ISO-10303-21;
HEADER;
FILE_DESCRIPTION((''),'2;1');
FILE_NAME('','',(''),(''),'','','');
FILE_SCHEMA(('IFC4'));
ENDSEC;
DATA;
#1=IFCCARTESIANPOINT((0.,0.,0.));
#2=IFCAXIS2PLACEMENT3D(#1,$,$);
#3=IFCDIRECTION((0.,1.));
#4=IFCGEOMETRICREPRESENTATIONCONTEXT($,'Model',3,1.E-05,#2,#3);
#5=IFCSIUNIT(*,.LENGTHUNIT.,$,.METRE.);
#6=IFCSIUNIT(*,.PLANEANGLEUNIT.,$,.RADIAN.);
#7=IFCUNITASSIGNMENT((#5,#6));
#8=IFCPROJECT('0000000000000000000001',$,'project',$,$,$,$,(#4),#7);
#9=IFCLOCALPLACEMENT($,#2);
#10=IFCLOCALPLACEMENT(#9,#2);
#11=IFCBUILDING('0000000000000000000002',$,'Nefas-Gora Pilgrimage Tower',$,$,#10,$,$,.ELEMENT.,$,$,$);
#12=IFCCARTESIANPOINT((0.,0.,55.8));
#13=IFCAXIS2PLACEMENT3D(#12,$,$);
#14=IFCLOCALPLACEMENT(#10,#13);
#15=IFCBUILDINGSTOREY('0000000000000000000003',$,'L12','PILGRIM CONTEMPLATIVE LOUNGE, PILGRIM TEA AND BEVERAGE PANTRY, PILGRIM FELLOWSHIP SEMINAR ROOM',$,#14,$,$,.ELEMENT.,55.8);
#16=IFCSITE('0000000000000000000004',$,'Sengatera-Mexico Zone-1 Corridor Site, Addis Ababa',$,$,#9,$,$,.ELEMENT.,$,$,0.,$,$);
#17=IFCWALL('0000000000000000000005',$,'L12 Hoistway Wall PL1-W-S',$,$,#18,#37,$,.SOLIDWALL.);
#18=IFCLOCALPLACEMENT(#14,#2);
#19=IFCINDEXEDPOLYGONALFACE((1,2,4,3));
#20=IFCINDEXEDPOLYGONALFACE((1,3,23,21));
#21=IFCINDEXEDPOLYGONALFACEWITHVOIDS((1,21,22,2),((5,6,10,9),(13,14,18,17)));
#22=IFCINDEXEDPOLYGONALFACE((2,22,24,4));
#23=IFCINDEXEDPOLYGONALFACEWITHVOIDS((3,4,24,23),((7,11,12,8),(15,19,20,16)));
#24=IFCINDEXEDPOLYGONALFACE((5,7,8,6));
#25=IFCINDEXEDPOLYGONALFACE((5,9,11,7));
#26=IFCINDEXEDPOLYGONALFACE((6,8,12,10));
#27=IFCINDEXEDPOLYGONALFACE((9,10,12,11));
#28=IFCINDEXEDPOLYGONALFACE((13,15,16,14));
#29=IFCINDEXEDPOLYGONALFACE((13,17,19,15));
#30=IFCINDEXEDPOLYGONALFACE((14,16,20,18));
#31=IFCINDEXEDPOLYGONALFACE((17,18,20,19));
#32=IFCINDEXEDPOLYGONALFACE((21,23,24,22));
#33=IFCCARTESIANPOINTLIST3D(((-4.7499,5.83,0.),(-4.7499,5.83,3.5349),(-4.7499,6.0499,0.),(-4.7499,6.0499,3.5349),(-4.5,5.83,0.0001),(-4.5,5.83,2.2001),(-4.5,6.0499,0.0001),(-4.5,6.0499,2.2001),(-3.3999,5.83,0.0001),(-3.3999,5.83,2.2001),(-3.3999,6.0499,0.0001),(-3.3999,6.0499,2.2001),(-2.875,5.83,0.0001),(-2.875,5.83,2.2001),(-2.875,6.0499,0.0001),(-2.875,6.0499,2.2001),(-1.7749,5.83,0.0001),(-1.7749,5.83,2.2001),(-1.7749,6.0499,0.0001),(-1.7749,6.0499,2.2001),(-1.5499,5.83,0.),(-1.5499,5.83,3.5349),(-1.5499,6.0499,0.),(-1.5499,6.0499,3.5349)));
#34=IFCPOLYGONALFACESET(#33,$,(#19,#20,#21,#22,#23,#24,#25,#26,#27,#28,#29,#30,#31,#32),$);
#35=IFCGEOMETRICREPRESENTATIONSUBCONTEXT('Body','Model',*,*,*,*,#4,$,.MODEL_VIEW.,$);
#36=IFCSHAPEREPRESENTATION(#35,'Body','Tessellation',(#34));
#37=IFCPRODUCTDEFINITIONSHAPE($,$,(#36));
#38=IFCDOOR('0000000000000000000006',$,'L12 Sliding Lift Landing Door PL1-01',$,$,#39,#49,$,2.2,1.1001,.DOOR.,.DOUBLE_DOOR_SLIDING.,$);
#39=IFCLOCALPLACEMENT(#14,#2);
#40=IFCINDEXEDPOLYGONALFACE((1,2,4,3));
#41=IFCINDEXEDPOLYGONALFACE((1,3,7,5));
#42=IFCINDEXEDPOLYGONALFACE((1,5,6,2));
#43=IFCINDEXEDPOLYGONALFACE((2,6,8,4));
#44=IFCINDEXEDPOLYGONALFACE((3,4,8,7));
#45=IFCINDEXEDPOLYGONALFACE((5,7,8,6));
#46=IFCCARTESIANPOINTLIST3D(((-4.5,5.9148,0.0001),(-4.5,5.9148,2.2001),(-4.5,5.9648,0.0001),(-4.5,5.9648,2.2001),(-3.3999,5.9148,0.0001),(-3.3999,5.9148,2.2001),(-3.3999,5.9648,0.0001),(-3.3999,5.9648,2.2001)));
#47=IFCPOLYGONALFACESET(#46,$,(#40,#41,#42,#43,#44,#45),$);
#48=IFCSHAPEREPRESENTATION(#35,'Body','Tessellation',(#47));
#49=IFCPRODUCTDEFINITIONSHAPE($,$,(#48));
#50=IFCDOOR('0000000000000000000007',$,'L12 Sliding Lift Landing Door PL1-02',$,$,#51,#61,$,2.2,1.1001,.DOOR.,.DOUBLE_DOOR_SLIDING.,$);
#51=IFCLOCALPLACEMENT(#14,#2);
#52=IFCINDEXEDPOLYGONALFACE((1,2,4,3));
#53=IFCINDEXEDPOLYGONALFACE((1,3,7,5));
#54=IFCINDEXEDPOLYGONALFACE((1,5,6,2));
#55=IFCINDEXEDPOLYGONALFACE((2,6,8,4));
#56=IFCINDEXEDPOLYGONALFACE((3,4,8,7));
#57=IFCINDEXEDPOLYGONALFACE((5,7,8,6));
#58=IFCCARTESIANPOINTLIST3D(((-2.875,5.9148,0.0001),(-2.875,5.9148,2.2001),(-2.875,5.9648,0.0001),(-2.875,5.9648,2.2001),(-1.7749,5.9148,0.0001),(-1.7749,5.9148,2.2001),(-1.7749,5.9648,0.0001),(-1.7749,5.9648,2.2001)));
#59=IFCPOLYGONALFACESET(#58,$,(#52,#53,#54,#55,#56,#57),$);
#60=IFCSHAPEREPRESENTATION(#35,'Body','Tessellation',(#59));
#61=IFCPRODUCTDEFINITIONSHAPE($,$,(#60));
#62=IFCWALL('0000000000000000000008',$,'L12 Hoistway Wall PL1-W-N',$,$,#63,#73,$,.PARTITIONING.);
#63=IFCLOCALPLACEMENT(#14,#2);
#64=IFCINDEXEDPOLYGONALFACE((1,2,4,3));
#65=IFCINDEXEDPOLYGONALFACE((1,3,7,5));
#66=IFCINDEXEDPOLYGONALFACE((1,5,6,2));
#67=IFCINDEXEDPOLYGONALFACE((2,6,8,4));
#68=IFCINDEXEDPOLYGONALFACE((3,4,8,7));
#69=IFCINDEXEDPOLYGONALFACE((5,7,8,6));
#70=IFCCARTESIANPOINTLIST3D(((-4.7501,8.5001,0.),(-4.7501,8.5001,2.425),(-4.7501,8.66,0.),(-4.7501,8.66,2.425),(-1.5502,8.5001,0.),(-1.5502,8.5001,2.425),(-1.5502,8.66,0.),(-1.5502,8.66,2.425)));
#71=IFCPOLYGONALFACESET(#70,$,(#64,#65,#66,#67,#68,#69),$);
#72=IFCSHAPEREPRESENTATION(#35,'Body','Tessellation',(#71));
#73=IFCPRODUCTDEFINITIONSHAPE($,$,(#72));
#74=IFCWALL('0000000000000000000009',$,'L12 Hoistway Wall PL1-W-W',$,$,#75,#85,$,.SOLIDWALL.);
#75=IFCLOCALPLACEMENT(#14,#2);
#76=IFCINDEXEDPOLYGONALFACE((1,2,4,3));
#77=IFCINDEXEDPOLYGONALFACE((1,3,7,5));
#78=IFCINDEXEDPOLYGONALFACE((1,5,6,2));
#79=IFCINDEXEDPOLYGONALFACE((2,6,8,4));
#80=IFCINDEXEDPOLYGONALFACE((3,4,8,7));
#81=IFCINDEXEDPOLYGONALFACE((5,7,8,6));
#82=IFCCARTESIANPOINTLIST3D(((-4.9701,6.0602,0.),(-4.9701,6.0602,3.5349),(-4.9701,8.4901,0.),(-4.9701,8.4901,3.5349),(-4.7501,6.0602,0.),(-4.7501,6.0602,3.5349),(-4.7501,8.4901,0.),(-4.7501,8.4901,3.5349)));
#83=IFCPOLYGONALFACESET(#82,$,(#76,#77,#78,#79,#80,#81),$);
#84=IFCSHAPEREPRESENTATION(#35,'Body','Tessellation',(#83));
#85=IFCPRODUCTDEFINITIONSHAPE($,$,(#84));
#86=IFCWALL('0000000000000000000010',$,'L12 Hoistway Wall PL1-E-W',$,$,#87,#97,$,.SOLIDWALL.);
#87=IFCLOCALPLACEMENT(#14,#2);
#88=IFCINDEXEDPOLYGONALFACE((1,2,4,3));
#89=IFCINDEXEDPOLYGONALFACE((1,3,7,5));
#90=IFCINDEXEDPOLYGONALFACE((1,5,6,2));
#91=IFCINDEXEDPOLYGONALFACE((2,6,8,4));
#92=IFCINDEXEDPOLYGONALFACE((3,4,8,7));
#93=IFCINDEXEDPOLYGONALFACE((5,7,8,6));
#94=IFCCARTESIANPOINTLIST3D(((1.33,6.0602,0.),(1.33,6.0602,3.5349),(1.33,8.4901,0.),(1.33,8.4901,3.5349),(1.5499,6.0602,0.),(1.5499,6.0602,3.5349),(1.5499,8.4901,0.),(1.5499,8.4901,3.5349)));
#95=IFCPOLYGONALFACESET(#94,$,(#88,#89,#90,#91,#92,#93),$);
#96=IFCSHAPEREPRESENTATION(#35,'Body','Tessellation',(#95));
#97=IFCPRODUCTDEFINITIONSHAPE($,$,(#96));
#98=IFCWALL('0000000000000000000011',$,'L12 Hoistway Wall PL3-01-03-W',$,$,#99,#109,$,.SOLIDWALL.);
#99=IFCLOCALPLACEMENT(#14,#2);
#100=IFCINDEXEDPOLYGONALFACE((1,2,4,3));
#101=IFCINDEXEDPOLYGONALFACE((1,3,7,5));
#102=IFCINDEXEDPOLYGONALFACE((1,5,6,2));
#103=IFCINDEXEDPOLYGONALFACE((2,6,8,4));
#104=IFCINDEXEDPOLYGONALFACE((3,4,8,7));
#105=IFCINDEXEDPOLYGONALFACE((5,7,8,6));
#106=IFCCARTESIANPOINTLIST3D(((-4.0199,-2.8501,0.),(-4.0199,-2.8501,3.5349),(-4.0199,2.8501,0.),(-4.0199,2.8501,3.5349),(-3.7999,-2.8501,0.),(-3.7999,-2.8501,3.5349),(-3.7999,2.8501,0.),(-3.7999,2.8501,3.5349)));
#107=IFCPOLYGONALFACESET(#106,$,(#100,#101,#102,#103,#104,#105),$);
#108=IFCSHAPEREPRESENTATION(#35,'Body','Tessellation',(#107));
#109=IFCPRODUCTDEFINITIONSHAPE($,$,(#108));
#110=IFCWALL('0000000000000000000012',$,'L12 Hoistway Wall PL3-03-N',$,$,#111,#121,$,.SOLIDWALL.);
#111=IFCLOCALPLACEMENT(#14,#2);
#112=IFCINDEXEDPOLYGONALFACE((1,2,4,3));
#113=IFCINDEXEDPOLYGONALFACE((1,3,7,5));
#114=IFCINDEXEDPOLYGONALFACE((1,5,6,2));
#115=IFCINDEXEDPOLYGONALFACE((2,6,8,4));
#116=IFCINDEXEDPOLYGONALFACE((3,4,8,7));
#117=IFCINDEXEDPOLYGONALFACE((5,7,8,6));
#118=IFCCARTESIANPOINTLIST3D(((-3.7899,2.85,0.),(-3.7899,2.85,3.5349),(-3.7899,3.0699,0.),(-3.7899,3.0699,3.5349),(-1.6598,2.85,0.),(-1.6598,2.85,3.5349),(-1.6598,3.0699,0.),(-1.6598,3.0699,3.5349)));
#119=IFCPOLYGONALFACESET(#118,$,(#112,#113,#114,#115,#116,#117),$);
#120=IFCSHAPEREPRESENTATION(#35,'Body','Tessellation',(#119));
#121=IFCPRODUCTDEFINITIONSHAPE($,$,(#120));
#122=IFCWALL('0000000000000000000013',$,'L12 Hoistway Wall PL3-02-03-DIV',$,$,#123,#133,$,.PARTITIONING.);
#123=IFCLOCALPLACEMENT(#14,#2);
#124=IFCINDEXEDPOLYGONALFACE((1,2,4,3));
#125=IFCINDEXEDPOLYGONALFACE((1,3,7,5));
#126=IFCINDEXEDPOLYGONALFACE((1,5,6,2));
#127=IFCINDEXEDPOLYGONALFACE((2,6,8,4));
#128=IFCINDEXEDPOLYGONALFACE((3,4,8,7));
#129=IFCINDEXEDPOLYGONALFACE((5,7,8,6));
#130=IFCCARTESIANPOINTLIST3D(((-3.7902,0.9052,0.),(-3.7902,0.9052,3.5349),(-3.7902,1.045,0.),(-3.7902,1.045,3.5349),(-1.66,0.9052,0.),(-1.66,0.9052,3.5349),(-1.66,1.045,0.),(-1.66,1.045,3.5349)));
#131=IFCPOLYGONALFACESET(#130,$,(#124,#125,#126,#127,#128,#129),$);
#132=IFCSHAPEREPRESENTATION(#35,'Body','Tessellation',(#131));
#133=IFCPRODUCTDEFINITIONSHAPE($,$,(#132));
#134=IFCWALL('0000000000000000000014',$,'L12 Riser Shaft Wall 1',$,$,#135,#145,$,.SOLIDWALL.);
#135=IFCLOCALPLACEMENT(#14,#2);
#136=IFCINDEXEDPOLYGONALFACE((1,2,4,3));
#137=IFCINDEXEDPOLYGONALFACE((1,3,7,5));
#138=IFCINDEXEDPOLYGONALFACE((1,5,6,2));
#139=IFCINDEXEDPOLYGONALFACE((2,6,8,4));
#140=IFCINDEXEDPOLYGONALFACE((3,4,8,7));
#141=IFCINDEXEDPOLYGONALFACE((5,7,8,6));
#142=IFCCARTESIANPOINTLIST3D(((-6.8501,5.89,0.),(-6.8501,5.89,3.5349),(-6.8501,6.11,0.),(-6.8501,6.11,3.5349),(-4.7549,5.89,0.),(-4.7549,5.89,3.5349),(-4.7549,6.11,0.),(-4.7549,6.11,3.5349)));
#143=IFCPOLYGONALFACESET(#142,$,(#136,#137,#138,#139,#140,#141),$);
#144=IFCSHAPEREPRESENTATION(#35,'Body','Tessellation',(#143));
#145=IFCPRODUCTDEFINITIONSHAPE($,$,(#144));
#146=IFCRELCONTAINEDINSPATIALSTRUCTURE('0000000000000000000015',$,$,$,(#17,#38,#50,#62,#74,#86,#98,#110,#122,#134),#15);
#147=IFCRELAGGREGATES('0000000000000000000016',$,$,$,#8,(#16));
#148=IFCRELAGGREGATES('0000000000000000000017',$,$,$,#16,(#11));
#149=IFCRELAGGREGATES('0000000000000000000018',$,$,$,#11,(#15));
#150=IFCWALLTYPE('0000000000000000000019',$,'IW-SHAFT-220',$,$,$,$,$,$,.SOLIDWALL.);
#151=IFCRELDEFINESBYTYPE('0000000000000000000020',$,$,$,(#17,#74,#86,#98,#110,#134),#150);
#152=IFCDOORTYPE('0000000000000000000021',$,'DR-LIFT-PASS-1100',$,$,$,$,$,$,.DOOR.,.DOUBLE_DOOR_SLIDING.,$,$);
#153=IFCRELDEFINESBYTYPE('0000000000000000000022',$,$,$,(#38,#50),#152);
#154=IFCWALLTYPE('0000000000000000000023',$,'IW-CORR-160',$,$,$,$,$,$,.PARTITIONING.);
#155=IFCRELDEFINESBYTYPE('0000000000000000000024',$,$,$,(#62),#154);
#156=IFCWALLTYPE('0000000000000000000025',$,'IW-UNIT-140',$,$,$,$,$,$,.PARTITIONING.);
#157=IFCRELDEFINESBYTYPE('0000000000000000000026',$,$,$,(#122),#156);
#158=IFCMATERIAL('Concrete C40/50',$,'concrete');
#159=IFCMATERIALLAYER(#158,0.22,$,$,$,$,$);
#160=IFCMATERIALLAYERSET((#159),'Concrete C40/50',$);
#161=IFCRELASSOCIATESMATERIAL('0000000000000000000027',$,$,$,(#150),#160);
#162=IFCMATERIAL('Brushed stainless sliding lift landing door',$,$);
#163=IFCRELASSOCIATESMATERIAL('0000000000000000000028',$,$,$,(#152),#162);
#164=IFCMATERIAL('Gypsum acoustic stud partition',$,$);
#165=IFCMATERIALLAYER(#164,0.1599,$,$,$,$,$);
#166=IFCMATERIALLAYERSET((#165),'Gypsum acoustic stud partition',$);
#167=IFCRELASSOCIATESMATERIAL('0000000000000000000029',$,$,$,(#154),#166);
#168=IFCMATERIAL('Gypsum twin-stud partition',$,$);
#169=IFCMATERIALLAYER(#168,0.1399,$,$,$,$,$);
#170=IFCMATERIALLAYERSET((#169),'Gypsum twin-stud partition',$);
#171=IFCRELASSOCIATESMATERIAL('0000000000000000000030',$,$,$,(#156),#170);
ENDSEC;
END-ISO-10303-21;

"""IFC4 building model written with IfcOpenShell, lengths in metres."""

from ifc_helpers import new_model, si_unit, direction, frame, frame_2d, origin, place, context, subcontext, project, spatial, rectangle, extrude, source, transform, mapped, material, layer, layer_set, type_object, element, fill, save


model = new_model("IFC4")

# Units and contexts
model_context = context("Model", 3, precision=1e-05, world=origin(), true_north=direction((0.0, 1.0)))
body_context = subcontext(model_context, "Body", "Model", "MODEL_VIEW")
ifc_project = project(units=[si_unit("LENGTHUNIT", "METRE"), si_unit("PLANEANGLEUNIT", "RADIAN")], contexts=[model_context])

# Site, building, storey
site_placement = place(None, origin())
site = spatial("IfcSite", under=ifc_project, at=site_placement, Name="Sengatera-Mexico Zone-1 Corridor Site, Addis Ababa", CompositionType="ELEMENT", RefElevation=0.0)
building_placement = place(site_placement, origin())
building = spatial("IfcBuilding", under=site, at=building_placement, Name="Nefas-Gora Pilgrimage Tower", CompositionType="ELEMENT")
storey_placement = place(building_placement, frame((0.0, 0.0, 55.8)))
storey = spatial("IfcBuildingStorey", under=building, at=storey_placement, Name="L12", Description="PILGRIM CONTEMPLATIVE LOUNGE, PILGRIM TEA AND BEVERAGE PANTRY, PILGRIM FELLOWSHIP SEMINAR ROOM", CompositionType="ELEMENT", Elevation=55.8)

# Shared definitions
ifc_material_1 = material(Name="Concrete C40/50", Category="concrete")

# Shared definitions
ifc_layer_1 = layer(ifc_material_1, 0.22)
ifc_layer_set_1 = layer_set([ifc_layer_1], Name="Concrete C40/50")
wall_type_1 = type_object("IfcWallType", Name="IW-SHAFT-220", PredefinedType="SOLIDWALL", material=ifc_layer_set_1)

# Wall, openings, doors
shared_shape_1 = source(origin(), body_context, "Body", "SweptSolid", [
    extrude(rectangle(XDim=3.2, YDim=0.22, at=frame_2d((1.6001, 0.0))), origin(), (0.0, 0.0, 1.0), 3.5349),
])
wall_1_placement = place(storey_placement, frame((-4.75, 5.9399, 0.0), z_axis=(0.0, 0.0, 1.0), x_axis=(1.0, 0.0, 0.0)))
wall_1 = element("IfcWall", 1, at=wall_1_placement, inside=storey, type_object=wall_type_1, Name="L12 Hoistway Wall PL1-W-S", PredefinedType="SOLIDWALL", context=body_context, shape_type="MappedRepresentation", body=[
    mapped(shared_shape_1, transform((0.0, 0.0, 0.0), x_axis=(1.0, 0.0, 0.0), y_axis=(0.0, 1.0, 0.0), z_axis=(0.0, 0.0, 1.0), scale=1.0)),
])
opening_1_placement = place(wall_1_placement, frame((0.25, 0.0, 0.0)))
opening_1 = element("IfcOpeningElement", 2, at=opening_1_placement, cuts=wall_1, PredefinedType="OPENING", context=body_context, shape_type="SweptSolid", body=[
    extrude(rectangle(XDim=1.1001, YDim=2.2, at=frame_2d((0.55, 1.1001))), frame((0.0, 0.1199, 0.0), z_axis=(0.0, -1.0, 0.0), x_axis=(1.0, 0.0, 0.0)), (0.0, 0.0, 1.0), 0.24),
])
opening_2_placement = place(wall_1_placement, frame((1.875, 0.0, 0.0)))
opening_2 = element("IfcOpeningElement", 3, at=opening_2_placement, cuts=wall_1, PredefinedType="OPENING", context=body_context, shape_type="SweptSolid", body=[
    extrude(rectangle(XDim=1.1001, YDim=2.2, at=frame_2d((0.55, 1.1001))), frame((0.0, 0.1199, 0.0), z_axis=(0.0, -1.0, 0.0), x_axis=(1.0, 0.0, 0.0)), (0.0, 0.0, 1.0), 0.24),
])
ifc_material_2 = material(Name="Brushed stainless sliding lift landing door")
door_type_1 = type_object("IfcDoorType", Name="DR-LIFT-PASS-1100", OperationType="DOUBLE_DOOR_SLIDING", PredefinedType="DOOR", material=ifc_material_2)
shared_shape_2 = source(origin(), body_context, "Body", "SweptSolid", [
    extrude(rectangle(XDim=1.1001, YDim=2.2, at=frame_2d((0.55, 1.1001))), frame((0.0, 0.0249, 0.0), z_axis=(0.0, -1.0, 0.0), x_axis=(1.0, 0.0, 0.0)), (0.0, 0.0, 1.0), 0.05),
])
door_1_placement = place(opening_1_placement, origin())
door_1 = element("IfcDoor", 4, at=door_1_placement, inside=storey, type_object=door_type_1, Name="L12 Sliding Lift Landing Door PL1-01", OperationType="DOUBLE_DOOR_SLIDING", OverallHeight=2.2, OverallWidth=1.1001, PredefinedType="DOOR", context=body_context, shape_type="MappedRepresentation", body=[
    mapped(shared_shape_2, transform((0.0, 0.0, 0.0), x_axis=(1.0, 0.0, 0.0), y_axis=(0.0, 1.0, 0.0), z_axis=(0.0, 0.0, 1.0), scale=1.0)),
])
fill(opening_1, door_1)
door_2_placement = place(opening_2_placement, origin())
door_2 = element("IfcDoor", 5, at=door_2_placement, inside=storey, type_object=door_type_1, Name="L12 Sliding Lift Landing Door PL1-02", OperationType="DOUBLE_DOOR_SLIDING", OverallHeight=2.2, OverallWidth=1.1001, PredefinedType="DOOR", context=body_context, shape_type="MappedRepresentation", body=[
    mapped(shared_shape_2, transform((0.0, 0.0, 0.0), x_axis=(1.0, 0.0, 0.0), y_axis=(0.0, 1.0, 0.0), z_axis=(0.0, 0.0, 1.0), scale=1.0)),
])
fill(opening_2, door_2)

# Walls
ifc_material_3 = material(Name="Gypsum acoustic stud partition")
ifc_layer_2 = layer(ifc_material_3, 0.1599)
ifc_layer_set_2 = layer_set([ifc_layer_2], Name="Gypsum acoustic stud partition")
wall_type_2 = type_object("IfcWallType", Name="IW-CORR-160", PredefinedType="PARTITIONING", material=ifc_layer_set_2)
shared_shape_3 = source(origin(), body_context, "Body", "SweptSolid", [
    extrude(rectangle(XDim=3.2, YDim=0.1599, at=frame_2d((1.6001, 0.0))), origin(), (0.0, 0.0, 1.0), 2.425),
])
wall_2_placement = place(storey_placement, frame((-1.55, 8.5801, 0.0), z_axis=(0.0, 0.0, 1.0), x_axis=(-1.0, 0.0, 0.0)))
element("IfcWall", 6, at=wall_2_placement, inside=storey, type_object=wall_type_2, Name="L12 Hoistway Wall PL1-W-N", PredefinedType="PARTITIONING", context=body_context, shape_type="MappedRepresentation", body=[
    mapped(shared_shape_3, transform((0.0, 0.0, 0.0), x_axis=(1.0, 0.0, 0.0), y_axis=(0.0, 1.0, 0.0), z_axis=(0.0, 0.0, 1.0), scale=1.0)),
])
shared_shape_4 = source(origin(), body_context, "Body", "SweptSolid", [
    extrude(rectangle(XDim=2.4299, YDim=0.22, at=frame_2d((1.2148, 0.0))), origin(), (0.0, 0.0, 1.0), 3.5349),
])
for number, where, z_axis, x_axis, name in (
    (7, (-4.8601, 8.49, 0.0), (0.0, 0.0, 1.0), (0.0, -1.0, 0.0), "L12 Hoistway Wall PL1-W-W"),
    (8, (1.4399, 8.49, 0.0), (0.0, 0.0, 1.0), (0.0, -1.0, 0.0), "L12 Hoistway Wall PL1-E-W"),
):
    element("IfcWall", number, at=place(storey_placement, frame(where, z_axis=z_axis, x_axis=x_axis)), inside=storey, type_object=wall_type_1, Name=name, PredefinedType="SOLIDWALL", context=body_context, shape_type="MappedRepresentation", body=[
        mapped(shared_shape_4, transform((0.0, 0.0, 0.0), x_axis=(1.0, 0.0, 0.0), y_axis=(0.0, 1.0, 0.0), z_axis=(0.0, 0.0, 1.0), scale=1.0)),
    ])
ifc_material_4 = material(Name="Gypsum twin-stud partition")
ifc_layer_3 = layer(ifc_material_4, 0.1399)
ifc_layer_set_3 = layer_set([ifc_layer_3], Name="Gypsum twin-stud partition")
wall_type_3 = type_object("IfcWallType", Name="IW-UNIT-140", PredefinedType="PARTITIONING", material=ifc_layer_set_3)
shared_shape_5 = source(origin(), body_context, "Body", "SweptSolid", [
    extrude(rectangle(XDim=5.7002, YDim=0.22, at=frame_2d((2.8501, 0.0))), origin(), (0.0, 0.0, 1.0), 3.5349),
])
wall_3_placement = place(storey_placement, frame((-3.9099, 2.8501, 0.0), z_axis=(0.0, 0.0, 1.0), x_axis=(0.0, -1.0, 0.0)))
element("IfcWall", 9, at=wall_3_placement, inside=storey, type_object=wall_type_1, Name="L12 Hoistway Wall PL3-01-03-W", PredefinedType="SOLIDWALL", context=body_context, shape_type="MappedRepresentation", body=[
    mapped(shared_shape_5, transform((0.0, 0.0, 0.0), x_axis=(1.0, 0.0, 0.0), y_axis=(0.0, 1.0, 0.0), z_axis=(0.0, 0.0, 1.0), scale=1.0)),
])
shared_shape_6 = source(origin(), body_context, "Body", "SweptSolid", [
    extrude(rectangle(XDim=2.1301, YDim=0.22, at=frame_2d((1.0649, 0.0))), origin(), (0.0, 0.0, 1.0), 3.5349),
])
wall_4_placement = place(storey_placement, frame((-1.6599, 2.96, 0.0), z_axis=(0.0, 0.0, 1.0), x_axis=(-1.0, 0.0, 0.0)))
element("IfcWall", 10, at=wall_4_placement, inside=storey, type_object=wall_type_1, Name="L12 Hoistway Wall PL3-03-N", PredefinedType="SOLIDWALL", context=body_context, shape_type="MappedRepresentation", body=[
    mapped(shared_shape_6, transform((0.0, 0.0, 0.0), x_axis=(1.0, 0.0, 0.0), y_axis=(0.0, 1.0, 0.0), z_axis=(0.0, 0.0, 1.0), scale=1.0)),
])
shared_shape_7 = source(origin(), body_context, "Body", "SweptSolid", [
    extrude(rectangle(XDim=2.1301, YDim=0.1399, at=frame_2d((1.0649, 0.0))), origin(), (0.0, 0.0, 1.0), 3.5349),
])
wall_5_placement = place(storey_placement, frame((-3.79, 0.9751, 0.0), z_axis=(0.0, 0.0, 1.0), x_axis=(1.0, 0.0, 0.0)))
element("IfcWall", 11, at=wall_5_placement, inside=storey, type_object=wall_type_3, Name="L12 Hoistway Wall PL3-02-03-DIV", PredefinedType="PARTITIONING", context=body_context, shape_type="MappedRepresentation", body=[
    mapped(shared_shape_7, transform((0.0, 0.0, 0.0), x_axis=(1.0, 0.0, 0.0), y_axis=(0.0, 1.0, 0.0), z_axis=(0.0, 0.0, 1.0), scale=1.0)),
])
shared_shape_8 = source(origin(), body_context, "Body", "SweptSolid", [
    extrude(rectangle(XDim=2.0952, YDim=0.22, at=frame_2d((1.0476, 0.0))), origin(), (0.0, 0.0, 1.0), 3.5349),
])
wall_6_placement = place(storey_placement, frame((-6.8501, 6.0, 0.0), z_axis=(0.0, 0.0, 1.0), x_axis=(1.0, 0.0, 0.0)))
element("IfcWall", 12, at=wall_6_placement, inside=storey, type_object=wall_type_1, Name="L12 Riser Shaft Wall 1", PredefinedType="SOLIDWALL", context=body_context, shape_type="MappedRepresentation", body=[
    mapped(shared_shape_8, transform((0.0, 0.0, 0.0), x_axis=(1.0, 0.0, 0.0), y_axis=(0.0, 1.0, 0.0), z_axis=(0.0, 0.0, 1.0), scale=1.0)),
])

save(model, "model.ifc")
